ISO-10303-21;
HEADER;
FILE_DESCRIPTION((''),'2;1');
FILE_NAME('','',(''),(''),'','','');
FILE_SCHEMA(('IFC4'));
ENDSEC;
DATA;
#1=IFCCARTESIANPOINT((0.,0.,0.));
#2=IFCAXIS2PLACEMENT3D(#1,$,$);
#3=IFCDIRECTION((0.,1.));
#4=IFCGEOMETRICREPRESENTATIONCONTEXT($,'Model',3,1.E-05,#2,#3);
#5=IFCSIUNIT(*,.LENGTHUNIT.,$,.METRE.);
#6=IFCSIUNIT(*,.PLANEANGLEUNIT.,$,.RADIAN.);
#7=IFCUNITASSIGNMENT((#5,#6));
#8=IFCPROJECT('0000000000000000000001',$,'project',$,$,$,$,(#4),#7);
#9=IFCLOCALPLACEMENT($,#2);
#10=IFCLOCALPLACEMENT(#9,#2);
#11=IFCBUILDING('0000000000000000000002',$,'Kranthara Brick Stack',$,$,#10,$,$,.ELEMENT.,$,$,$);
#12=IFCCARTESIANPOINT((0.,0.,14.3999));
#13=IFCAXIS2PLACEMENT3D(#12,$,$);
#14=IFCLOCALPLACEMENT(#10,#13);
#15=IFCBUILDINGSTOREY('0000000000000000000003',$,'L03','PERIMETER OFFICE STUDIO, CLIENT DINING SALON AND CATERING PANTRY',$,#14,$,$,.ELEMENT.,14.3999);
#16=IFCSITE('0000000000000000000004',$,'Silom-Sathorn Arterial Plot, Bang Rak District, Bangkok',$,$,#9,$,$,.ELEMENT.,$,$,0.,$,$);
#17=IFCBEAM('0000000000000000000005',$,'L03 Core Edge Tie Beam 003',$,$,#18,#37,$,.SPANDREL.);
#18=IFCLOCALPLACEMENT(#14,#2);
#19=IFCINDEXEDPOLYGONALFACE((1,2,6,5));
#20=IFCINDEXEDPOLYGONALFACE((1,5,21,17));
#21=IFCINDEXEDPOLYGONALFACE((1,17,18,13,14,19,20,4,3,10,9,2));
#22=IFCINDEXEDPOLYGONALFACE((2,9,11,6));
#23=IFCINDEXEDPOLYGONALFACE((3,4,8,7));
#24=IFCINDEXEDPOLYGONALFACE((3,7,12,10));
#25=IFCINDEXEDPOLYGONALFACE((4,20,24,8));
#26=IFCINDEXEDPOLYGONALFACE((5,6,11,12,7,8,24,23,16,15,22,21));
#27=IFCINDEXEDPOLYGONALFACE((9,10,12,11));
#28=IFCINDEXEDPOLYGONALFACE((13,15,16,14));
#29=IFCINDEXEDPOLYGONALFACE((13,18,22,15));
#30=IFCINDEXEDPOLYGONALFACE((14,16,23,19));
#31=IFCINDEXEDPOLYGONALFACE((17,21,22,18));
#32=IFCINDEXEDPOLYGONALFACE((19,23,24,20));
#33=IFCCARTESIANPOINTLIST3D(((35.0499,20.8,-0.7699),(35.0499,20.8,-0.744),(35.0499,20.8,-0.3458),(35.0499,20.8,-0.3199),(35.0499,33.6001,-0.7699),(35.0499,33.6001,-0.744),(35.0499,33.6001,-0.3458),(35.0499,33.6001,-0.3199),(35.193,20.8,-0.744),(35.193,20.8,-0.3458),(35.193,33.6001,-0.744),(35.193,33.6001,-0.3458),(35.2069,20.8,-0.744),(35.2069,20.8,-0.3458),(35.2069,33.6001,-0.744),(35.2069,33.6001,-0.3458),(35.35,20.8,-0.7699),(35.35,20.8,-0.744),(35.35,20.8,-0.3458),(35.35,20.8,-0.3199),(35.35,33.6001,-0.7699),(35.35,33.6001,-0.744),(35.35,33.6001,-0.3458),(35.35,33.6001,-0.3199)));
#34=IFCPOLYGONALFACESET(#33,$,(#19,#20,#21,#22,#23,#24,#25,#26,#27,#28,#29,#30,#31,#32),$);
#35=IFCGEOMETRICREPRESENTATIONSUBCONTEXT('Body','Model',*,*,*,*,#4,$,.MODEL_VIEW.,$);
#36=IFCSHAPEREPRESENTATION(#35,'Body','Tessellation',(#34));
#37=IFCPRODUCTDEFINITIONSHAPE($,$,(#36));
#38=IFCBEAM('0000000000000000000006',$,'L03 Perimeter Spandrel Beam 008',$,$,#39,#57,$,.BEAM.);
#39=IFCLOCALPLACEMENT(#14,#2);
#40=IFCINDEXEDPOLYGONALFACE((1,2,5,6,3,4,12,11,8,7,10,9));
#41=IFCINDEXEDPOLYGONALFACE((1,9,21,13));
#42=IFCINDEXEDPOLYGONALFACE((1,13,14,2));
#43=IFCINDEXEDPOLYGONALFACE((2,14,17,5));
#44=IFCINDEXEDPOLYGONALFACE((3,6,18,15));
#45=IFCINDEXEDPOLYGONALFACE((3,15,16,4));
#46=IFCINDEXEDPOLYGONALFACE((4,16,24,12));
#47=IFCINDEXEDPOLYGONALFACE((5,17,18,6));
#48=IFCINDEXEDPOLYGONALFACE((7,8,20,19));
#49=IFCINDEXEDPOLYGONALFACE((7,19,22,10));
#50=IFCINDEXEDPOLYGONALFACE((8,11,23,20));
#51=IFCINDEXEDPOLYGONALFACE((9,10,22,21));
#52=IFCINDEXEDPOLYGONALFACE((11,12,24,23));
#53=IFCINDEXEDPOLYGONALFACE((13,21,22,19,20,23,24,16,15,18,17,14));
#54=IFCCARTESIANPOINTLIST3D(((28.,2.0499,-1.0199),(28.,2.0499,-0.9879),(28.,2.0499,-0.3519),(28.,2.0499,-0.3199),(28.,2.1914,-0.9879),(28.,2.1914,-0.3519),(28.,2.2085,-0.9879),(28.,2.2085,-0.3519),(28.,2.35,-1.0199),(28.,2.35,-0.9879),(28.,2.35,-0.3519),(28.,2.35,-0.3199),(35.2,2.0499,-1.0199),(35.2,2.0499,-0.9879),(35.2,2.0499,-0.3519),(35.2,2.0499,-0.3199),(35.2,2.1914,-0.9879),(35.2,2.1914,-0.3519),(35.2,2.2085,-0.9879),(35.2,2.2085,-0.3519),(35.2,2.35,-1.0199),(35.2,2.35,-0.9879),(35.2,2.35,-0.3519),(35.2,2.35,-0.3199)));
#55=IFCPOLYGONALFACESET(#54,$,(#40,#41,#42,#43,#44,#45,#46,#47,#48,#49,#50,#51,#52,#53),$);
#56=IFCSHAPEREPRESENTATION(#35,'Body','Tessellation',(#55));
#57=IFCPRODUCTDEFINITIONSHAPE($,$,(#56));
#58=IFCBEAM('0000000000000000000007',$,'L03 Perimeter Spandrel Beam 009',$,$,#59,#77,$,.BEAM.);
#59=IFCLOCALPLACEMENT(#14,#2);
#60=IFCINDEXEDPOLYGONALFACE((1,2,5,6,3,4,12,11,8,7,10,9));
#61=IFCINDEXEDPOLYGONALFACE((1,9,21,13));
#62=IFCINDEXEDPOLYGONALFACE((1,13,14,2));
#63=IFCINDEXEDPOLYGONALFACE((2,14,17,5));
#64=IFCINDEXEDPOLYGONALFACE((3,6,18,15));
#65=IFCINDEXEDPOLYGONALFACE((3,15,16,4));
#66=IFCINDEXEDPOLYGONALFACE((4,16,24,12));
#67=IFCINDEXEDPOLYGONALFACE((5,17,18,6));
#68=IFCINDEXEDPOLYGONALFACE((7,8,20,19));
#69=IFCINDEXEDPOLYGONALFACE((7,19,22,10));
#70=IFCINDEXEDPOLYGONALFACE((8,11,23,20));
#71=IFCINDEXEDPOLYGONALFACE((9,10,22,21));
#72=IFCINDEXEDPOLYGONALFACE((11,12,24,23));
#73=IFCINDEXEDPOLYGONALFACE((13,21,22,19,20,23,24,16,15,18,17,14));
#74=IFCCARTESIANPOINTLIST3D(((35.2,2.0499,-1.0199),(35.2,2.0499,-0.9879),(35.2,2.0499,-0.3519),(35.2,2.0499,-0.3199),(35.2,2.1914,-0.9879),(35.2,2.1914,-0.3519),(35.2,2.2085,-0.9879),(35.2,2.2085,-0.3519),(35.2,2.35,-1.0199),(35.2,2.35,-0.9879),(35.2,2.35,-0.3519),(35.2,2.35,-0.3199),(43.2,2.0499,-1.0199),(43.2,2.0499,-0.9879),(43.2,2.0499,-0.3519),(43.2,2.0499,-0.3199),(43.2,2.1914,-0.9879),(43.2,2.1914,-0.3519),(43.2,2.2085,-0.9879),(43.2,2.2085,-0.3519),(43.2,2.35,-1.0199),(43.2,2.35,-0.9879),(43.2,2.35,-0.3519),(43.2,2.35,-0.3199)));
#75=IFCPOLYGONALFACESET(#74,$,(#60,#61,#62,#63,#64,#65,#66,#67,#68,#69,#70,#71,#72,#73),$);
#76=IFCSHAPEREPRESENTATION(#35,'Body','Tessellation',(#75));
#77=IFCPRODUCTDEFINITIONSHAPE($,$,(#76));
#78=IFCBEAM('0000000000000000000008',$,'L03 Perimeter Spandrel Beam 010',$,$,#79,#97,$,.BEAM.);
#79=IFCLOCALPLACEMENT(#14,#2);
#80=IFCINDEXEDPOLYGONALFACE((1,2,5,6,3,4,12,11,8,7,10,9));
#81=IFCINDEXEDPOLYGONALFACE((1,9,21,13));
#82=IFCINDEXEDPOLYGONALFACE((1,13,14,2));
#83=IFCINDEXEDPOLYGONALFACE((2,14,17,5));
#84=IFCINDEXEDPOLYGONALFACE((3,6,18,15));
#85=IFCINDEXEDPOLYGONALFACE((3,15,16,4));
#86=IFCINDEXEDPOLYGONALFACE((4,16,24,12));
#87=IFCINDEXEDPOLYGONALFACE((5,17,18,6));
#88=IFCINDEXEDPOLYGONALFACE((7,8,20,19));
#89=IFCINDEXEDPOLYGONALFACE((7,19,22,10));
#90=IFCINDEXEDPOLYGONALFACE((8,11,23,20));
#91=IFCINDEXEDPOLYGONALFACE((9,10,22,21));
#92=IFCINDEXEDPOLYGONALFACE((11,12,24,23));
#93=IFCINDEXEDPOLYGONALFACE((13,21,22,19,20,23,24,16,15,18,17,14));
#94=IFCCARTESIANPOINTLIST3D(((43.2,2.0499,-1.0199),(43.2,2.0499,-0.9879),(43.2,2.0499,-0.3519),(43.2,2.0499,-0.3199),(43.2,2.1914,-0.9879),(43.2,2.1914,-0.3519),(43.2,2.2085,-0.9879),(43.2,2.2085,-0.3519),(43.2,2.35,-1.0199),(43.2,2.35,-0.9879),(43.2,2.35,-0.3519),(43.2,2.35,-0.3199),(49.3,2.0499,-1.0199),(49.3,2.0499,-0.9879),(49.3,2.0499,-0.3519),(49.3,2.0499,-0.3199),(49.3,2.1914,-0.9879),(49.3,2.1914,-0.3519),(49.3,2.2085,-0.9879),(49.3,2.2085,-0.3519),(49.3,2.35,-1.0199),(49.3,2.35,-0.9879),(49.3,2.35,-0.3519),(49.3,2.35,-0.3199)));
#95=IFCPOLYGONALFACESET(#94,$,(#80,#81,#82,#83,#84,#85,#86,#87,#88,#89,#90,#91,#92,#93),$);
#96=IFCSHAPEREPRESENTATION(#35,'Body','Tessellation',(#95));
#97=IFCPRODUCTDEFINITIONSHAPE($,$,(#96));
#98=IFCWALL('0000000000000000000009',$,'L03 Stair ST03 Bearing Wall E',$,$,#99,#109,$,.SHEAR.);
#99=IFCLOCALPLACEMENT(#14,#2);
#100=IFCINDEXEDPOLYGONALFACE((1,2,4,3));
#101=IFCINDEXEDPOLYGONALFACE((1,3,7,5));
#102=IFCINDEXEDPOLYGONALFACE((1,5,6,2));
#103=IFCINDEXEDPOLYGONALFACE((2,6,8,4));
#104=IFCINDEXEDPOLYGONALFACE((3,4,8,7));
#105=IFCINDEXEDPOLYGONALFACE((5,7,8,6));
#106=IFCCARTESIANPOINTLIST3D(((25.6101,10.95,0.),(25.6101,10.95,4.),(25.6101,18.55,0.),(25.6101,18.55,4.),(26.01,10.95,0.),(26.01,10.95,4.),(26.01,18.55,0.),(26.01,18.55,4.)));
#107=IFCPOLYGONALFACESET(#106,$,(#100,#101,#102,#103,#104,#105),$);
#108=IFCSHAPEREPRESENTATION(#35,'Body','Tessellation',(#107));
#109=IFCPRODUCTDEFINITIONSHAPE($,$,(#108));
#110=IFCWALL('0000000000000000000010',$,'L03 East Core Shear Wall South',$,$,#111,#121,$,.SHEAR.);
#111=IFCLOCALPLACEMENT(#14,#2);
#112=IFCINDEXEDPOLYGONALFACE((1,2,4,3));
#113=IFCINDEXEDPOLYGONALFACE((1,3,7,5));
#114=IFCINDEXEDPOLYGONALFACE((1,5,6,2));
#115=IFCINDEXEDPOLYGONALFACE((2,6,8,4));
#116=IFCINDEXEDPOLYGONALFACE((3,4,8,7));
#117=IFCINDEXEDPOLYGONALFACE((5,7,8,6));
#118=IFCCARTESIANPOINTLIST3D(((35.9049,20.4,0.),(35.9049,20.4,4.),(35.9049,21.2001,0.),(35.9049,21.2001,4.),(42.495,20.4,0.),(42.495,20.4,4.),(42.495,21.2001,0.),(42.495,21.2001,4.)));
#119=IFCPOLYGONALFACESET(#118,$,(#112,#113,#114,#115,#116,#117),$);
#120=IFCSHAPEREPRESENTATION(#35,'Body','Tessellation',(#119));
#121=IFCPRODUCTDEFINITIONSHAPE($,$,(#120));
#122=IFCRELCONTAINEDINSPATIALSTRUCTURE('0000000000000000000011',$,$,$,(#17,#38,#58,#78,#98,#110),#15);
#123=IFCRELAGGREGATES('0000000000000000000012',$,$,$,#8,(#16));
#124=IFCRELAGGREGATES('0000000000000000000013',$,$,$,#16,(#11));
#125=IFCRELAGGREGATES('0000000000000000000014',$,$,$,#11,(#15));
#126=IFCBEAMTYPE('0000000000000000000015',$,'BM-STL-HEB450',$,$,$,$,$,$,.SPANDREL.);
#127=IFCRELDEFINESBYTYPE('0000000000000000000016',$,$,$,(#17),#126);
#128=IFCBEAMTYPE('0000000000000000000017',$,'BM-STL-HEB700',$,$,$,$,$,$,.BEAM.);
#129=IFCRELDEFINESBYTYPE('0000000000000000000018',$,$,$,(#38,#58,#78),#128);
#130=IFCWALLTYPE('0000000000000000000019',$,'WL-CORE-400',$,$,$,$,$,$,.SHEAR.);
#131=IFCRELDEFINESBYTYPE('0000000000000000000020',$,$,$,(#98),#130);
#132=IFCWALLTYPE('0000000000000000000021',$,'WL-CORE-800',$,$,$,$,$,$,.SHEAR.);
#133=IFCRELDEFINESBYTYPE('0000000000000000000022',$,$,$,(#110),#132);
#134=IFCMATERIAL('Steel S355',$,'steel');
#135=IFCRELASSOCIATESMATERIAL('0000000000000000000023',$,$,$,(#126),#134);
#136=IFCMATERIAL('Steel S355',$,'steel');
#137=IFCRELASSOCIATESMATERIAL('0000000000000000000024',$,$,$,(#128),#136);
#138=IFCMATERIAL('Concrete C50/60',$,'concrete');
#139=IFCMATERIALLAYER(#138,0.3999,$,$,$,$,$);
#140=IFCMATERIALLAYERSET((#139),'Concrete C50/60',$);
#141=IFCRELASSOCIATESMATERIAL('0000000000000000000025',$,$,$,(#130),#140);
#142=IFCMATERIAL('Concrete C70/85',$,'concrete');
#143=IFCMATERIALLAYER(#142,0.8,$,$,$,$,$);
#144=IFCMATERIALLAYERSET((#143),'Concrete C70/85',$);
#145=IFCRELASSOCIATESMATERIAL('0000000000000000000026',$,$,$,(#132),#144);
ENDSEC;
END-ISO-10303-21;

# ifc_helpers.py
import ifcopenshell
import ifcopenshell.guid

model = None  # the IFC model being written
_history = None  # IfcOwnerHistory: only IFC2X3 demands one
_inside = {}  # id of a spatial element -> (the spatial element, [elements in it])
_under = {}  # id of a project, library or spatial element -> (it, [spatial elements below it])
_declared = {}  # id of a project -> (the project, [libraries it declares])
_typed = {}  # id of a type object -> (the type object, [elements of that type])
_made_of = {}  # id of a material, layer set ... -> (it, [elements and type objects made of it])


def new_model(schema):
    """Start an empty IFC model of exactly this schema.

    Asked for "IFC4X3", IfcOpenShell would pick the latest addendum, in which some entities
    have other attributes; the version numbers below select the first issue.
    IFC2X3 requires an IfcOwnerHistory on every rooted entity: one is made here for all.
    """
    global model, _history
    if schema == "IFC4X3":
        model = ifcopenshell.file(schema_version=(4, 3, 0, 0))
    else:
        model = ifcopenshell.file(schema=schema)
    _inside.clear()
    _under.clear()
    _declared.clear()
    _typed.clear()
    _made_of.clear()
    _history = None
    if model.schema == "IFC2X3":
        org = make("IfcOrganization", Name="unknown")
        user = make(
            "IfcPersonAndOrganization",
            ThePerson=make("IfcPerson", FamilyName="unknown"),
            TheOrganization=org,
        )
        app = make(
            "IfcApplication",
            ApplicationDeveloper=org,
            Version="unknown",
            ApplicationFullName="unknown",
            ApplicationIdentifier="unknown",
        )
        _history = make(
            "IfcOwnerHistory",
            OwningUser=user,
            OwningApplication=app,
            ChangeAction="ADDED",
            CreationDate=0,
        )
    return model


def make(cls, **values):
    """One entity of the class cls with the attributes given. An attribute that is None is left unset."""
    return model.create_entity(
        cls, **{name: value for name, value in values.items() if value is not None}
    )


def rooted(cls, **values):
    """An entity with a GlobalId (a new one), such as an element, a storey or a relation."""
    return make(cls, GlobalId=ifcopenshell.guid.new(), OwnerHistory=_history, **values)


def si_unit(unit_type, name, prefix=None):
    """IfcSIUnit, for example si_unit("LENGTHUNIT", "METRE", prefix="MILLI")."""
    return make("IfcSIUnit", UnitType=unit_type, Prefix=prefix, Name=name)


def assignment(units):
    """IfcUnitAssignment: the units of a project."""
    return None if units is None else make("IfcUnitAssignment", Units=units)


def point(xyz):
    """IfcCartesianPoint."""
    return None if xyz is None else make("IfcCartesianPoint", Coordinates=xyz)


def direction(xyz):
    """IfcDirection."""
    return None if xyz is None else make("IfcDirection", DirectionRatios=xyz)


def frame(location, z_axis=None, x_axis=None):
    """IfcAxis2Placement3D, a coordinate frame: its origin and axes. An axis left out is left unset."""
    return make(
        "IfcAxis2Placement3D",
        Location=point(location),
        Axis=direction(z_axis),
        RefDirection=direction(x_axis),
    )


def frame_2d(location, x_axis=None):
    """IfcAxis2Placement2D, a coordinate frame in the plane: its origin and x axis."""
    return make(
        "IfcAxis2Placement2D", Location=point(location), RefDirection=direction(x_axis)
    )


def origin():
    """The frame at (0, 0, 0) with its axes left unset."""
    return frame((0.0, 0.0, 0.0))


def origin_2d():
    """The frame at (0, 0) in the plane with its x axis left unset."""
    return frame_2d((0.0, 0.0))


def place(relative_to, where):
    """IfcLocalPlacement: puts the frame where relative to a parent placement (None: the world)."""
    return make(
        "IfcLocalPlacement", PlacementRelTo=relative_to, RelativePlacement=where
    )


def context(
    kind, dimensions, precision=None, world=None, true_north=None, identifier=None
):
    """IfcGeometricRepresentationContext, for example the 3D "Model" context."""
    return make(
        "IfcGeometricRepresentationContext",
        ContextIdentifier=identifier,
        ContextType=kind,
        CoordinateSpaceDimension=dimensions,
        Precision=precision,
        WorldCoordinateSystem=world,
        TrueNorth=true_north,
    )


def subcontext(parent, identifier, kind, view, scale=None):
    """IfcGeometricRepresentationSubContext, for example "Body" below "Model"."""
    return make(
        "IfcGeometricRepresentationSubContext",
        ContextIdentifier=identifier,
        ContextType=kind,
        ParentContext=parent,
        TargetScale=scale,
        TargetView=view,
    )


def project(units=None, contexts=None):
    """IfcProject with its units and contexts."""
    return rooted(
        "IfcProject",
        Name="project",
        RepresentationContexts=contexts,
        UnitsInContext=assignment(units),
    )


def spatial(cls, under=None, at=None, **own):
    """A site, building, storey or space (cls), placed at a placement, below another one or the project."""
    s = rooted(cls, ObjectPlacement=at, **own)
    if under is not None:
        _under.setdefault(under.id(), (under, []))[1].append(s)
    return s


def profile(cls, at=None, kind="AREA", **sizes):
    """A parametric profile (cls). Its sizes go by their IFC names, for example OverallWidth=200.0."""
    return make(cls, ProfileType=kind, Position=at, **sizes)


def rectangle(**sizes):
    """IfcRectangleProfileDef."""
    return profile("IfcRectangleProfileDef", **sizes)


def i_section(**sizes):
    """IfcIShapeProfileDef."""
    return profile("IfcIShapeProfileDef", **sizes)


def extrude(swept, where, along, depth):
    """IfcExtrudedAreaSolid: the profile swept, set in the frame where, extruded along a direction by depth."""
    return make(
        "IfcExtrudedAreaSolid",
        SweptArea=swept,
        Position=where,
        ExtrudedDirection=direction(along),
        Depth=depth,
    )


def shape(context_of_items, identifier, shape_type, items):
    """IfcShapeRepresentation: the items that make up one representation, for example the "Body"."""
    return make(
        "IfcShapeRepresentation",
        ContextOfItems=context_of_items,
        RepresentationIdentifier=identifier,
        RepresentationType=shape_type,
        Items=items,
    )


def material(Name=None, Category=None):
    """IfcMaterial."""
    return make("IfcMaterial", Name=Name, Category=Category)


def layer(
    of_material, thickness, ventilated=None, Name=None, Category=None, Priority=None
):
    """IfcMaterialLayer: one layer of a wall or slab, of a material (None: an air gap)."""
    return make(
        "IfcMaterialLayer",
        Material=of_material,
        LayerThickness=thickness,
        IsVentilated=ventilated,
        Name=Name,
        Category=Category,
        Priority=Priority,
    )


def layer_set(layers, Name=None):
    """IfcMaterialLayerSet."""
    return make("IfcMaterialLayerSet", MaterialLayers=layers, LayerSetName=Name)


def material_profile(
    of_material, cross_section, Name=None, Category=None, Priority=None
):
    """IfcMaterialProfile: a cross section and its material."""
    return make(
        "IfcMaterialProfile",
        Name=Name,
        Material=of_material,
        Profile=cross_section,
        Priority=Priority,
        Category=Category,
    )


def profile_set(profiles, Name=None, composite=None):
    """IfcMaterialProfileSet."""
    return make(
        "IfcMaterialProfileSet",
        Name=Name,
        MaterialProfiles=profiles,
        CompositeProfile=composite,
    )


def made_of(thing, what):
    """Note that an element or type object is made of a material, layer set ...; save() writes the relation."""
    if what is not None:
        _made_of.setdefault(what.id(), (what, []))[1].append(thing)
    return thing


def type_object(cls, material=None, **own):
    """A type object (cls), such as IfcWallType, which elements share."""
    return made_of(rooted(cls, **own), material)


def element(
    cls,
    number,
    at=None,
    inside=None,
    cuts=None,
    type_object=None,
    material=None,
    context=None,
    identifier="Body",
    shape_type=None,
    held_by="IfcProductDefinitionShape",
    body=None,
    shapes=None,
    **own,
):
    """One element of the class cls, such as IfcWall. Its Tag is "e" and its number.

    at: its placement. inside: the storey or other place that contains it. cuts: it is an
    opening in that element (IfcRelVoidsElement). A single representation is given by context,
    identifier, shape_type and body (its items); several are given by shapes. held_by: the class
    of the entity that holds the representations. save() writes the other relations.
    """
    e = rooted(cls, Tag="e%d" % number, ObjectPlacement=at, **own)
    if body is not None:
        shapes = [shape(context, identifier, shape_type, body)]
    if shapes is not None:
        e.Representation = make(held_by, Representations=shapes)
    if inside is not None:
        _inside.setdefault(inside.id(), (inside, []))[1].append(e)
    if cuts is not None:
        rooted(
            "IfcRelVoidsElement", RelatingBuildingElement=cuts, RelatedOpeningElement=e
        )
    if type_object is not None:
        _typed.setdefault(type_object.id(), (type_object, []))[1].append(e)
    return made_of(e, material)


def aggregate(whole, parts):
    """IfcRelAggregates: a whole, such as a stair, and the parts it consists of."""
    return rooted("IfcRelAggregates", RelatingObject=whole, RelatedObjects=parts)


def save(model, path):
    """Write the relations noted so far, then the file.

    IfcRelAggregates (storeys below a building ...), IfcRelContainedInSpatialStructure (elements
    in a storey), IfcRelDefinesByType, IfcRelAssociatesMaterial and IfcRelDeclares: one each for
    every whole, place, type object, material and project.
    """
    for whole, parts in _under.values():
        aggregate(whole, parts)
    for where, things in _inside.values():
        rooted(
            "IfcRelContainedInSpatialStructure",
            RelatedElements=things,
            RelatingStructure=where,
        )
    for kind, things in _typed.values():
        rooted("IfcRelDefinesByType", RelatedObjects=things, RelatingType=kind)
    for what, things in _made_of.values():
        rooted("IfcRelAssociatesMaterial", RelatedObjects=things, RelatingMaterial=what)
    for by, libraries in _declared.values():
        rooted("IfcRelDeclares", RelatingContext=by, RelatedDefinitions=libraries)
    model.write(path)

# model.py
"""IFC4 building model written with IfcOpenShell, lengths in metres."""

from ifc_helpers import new_model, si_unit, direction, frame, frame_2d, origin, origin_2d, place, context, subcontext, project, spatial, rectangle, i_section, extrude, material, layer, layer_set, material_profile, profile_set, type_object, element, save


model = new_model("IFC4")

# Units and contexts
model_context = context("Model", 3, precision=1e-05, world=origin(), true_north=direction((0.0, 1.0)))
body_context = subcontext(model_context, "Body", "Model", "MODEL_VIEW")
ifc_project = project(units=[si_unit("LENGTHUNIT", "METRE"), si_unit("PLANEANGLEUNIT", "RADIAN")], contexts=[model_context])

# Site, building, storey
site_placement = place(None, origin())
site = spatial("IfcSite", under=ifc_project, at=site_placement, Name="Silom-Sathorn Arterial Plot, Bang Rak District, Bangkok", CompositionType="ELEMENT", RefElevation=0.0)
building_placement = place(site_placement, origin())
building = spatial("IfcBuilding", under=site, at=building_placement, Name="Kranthara Brick Stack", CompositionType="ELEMENT")
storey_placement = place(building_placement, frame((0.0, 0.0, 14.3999)))
storey = spatial("IfcBuildingStorey", under=building, at=storey_placement, Name="L03", Description="PERIMETER OFFICE STUDIO, CLIENT DINING SALON AND CATERING PANTRY", CompositionType="ELEMENT", Elevation=14.3999)

# Beams
ifc_material_1 = material(Name="Steel S355", Category="steel")
ifc_material_profile_1 = material_profile(ifc_material_1, i_section(OverallWidth=0.3, OverallDepth=0.45, WebThickness=0.0139, FlangeThickness=0.0259, at=origin_2d()), Name="HEB 450")
ifc_profile_set_1 = profile_set([ifc_material_profile_1], Name="Steel S355")
beam_type_1 = type_object("IfcBeamType", Name="BM-STL-HEB450", PredefinedType="SPANDREL", material=ifc_profile_set_1)
beam_1_placement = place(storey_placement, frame((35.2, 20.8, -0.5449), z_axis=(0.0, 1.0, 0.0), x_axis=(-1.0, 0.0, 0.0)))
element("IfcBeam", 1, at=beam_1_placement, inside=storey, type_object=beam_type_1, Name="L03 Core Edge Tie Beam 003", PredefinedType="SPANDREL", context=body_context, shape_type="SweptSolid", body=[
    extrude(i_section(OverallWidth=0.3, OverallDepth=0.45, WebThickness=0.0139, FlangeThickness=0.0259, at=origin_2d()), origin(), (0.0, 0.0, 1.0), 12.8),
])
ifc_material_2 = material(Name="Steel S355", Category="steel")
ifc_material_profile_2 = material_profile(ifc_material_2, i_section(OverallWidth=0.3, OverallDepth=0.7, WebThickness=0.0171, FlangeThickness=0.032, at=origin_2d()), Name="HEB 700")
ifc_profile_set_2 = profile_set([ifc_material_profile_2], Name="Steel S355")
beam_type_2 = type_object("IfcBeamType", Name="BM-STL-HEB700", PredefinedType="BEAM", material=ifc_profile_set_2)
beam_2_placement = place(storey_placement, frame((28.0, 2.2, -0.6699), z_axis=(1.0, 0.0, 0.0), x_axis=(0.0, 1.0, 0.0)))
element("IfcBeam", 2, at=beam_2_placement, inside=storey, type_object=beam_type_2, Name="L03 Perimeter Spandrel Beam 008", PredefinedType="BEAM", context=body_context, shape_type="SweptSolid", body=[
    extrude(i_section(OverallWidth=0.3, OverallDepth=0.7, WebThickness=0.0171, FlangeThickness=0.032, at=origin_2d()), origin(), (0.0, 0.0, 1.0), 7.2),
])
beam_3_placement = place(storey_placement, frame((35.2, 2.2, -0.6699), z_axis=(1.0, 0.0, 0.0), x_axis=(0.0, 1.0, 0.0)))
element("IfcBeam", 3, at=beam_3_placement, inside=storey, type_object=beam_type_2, Name="L03 Perimeter Spandrel Beam 009", PredefinedType="BEAM", context=body_context, shape_type="SweptSolid", body=[
    extrude(i_section(OverallWidth=0.3, OverallDepth=0.7, WebThickness=0.0171, FlangeThickness=0.032, at=origin_2d()), origin(), (0.0, 0.0, 1.0), 8.0),
])
beam_4_placement = place(storey_placement, frame((43.2, 2.2, -0.6699), z_axis=(1.0, 0.0, 0.0), x_axis=(0.0, 1.0, 0.0)))
element("IfcBeam", 4, at=beam_4_placement, inside=storey, type_object=beam_type_2, Name="L03 Perimeter Spandrel Beam 010", PredefinedType="BEAM", context=body_context, shape_type="SweptSolid", body=[
    extrude(i_section(OverallWidth=0.3, OverallDepth=0.7, WebThickness=0.0171, FlangeThickness=0.032, at=origin_2d()), origin(), (0.0, 0.0, 1.0), 6.1001),
])

# Walls
ifc_material_3 = material(Name="Concrete C50/60", Category="concrete")
ifc_layer_1 = layer(ifc_material_3, 0.3999)
ifc_layer_set_1 = layer_set([ifc_layer_1], Name="Concrete C50/60")
wall_type_1 = type_object("IfcWallType", Name="WL-CORE-400", PredefinedType="SHEAR", material=ifc_layer_set_1)
wall_1_placement = place(storey_placement, frame((25.8101, 10.95, 0.0), z_axis=(0.0, 0.0, 1.0), x_axis=(0.0, 1.0, 0.0)))
element("IfcWall", 5, at=wall_1_placement, inside=storey, type_object=wall_type_1, Name="L03 Stair ST03 Bearing Wall E", PredefinedType="SHEAR", context=body_context, shape_type="SweptSolid", body=[
    extrude(rectangle(XDim=7.6001, YDim=0.3999, at=frame_2d((3.8, 0.0))), origin(), (0.0, 0.0, 1.0), 4.0),
])
ifc_material_4 = material(Name="Concrete C70/85", Category="concrete")
ifc_layer_2 = layer(ifc_material_4, 0.8)
ifc_layer_set_2 = layer_set([ifc_layer_2], Name="Concrete C70/85")
wall_type_2 = type_object("IfcWallType", Name="WL-CORE-800", PredefinedType="SHEAR", material=ifc_layer_set_2)
wall_2_placement = place(storey_placement, frame((35.905, 20.8, 0.0), z_axis=(0.0, 0.0, 1.0), x_axis=(1.0, 0.0, 0.0)))
element("IfcWall", 6, at=wall_2_placement, inside=storey, type_object=wall_type_2, Name="L03 East Core Shear Wall South", PredefinedType="SHEAR", context=body_context, shape_type="SweptSolid", body=[
    extrude(rectangle(XDim=6.5901, YDim=0.8, at=frame_2d((3.2949, 0.0))), origin(), (0.0, 0.0, 1.0), 4.0),
])

save(model, "model.ifc")
